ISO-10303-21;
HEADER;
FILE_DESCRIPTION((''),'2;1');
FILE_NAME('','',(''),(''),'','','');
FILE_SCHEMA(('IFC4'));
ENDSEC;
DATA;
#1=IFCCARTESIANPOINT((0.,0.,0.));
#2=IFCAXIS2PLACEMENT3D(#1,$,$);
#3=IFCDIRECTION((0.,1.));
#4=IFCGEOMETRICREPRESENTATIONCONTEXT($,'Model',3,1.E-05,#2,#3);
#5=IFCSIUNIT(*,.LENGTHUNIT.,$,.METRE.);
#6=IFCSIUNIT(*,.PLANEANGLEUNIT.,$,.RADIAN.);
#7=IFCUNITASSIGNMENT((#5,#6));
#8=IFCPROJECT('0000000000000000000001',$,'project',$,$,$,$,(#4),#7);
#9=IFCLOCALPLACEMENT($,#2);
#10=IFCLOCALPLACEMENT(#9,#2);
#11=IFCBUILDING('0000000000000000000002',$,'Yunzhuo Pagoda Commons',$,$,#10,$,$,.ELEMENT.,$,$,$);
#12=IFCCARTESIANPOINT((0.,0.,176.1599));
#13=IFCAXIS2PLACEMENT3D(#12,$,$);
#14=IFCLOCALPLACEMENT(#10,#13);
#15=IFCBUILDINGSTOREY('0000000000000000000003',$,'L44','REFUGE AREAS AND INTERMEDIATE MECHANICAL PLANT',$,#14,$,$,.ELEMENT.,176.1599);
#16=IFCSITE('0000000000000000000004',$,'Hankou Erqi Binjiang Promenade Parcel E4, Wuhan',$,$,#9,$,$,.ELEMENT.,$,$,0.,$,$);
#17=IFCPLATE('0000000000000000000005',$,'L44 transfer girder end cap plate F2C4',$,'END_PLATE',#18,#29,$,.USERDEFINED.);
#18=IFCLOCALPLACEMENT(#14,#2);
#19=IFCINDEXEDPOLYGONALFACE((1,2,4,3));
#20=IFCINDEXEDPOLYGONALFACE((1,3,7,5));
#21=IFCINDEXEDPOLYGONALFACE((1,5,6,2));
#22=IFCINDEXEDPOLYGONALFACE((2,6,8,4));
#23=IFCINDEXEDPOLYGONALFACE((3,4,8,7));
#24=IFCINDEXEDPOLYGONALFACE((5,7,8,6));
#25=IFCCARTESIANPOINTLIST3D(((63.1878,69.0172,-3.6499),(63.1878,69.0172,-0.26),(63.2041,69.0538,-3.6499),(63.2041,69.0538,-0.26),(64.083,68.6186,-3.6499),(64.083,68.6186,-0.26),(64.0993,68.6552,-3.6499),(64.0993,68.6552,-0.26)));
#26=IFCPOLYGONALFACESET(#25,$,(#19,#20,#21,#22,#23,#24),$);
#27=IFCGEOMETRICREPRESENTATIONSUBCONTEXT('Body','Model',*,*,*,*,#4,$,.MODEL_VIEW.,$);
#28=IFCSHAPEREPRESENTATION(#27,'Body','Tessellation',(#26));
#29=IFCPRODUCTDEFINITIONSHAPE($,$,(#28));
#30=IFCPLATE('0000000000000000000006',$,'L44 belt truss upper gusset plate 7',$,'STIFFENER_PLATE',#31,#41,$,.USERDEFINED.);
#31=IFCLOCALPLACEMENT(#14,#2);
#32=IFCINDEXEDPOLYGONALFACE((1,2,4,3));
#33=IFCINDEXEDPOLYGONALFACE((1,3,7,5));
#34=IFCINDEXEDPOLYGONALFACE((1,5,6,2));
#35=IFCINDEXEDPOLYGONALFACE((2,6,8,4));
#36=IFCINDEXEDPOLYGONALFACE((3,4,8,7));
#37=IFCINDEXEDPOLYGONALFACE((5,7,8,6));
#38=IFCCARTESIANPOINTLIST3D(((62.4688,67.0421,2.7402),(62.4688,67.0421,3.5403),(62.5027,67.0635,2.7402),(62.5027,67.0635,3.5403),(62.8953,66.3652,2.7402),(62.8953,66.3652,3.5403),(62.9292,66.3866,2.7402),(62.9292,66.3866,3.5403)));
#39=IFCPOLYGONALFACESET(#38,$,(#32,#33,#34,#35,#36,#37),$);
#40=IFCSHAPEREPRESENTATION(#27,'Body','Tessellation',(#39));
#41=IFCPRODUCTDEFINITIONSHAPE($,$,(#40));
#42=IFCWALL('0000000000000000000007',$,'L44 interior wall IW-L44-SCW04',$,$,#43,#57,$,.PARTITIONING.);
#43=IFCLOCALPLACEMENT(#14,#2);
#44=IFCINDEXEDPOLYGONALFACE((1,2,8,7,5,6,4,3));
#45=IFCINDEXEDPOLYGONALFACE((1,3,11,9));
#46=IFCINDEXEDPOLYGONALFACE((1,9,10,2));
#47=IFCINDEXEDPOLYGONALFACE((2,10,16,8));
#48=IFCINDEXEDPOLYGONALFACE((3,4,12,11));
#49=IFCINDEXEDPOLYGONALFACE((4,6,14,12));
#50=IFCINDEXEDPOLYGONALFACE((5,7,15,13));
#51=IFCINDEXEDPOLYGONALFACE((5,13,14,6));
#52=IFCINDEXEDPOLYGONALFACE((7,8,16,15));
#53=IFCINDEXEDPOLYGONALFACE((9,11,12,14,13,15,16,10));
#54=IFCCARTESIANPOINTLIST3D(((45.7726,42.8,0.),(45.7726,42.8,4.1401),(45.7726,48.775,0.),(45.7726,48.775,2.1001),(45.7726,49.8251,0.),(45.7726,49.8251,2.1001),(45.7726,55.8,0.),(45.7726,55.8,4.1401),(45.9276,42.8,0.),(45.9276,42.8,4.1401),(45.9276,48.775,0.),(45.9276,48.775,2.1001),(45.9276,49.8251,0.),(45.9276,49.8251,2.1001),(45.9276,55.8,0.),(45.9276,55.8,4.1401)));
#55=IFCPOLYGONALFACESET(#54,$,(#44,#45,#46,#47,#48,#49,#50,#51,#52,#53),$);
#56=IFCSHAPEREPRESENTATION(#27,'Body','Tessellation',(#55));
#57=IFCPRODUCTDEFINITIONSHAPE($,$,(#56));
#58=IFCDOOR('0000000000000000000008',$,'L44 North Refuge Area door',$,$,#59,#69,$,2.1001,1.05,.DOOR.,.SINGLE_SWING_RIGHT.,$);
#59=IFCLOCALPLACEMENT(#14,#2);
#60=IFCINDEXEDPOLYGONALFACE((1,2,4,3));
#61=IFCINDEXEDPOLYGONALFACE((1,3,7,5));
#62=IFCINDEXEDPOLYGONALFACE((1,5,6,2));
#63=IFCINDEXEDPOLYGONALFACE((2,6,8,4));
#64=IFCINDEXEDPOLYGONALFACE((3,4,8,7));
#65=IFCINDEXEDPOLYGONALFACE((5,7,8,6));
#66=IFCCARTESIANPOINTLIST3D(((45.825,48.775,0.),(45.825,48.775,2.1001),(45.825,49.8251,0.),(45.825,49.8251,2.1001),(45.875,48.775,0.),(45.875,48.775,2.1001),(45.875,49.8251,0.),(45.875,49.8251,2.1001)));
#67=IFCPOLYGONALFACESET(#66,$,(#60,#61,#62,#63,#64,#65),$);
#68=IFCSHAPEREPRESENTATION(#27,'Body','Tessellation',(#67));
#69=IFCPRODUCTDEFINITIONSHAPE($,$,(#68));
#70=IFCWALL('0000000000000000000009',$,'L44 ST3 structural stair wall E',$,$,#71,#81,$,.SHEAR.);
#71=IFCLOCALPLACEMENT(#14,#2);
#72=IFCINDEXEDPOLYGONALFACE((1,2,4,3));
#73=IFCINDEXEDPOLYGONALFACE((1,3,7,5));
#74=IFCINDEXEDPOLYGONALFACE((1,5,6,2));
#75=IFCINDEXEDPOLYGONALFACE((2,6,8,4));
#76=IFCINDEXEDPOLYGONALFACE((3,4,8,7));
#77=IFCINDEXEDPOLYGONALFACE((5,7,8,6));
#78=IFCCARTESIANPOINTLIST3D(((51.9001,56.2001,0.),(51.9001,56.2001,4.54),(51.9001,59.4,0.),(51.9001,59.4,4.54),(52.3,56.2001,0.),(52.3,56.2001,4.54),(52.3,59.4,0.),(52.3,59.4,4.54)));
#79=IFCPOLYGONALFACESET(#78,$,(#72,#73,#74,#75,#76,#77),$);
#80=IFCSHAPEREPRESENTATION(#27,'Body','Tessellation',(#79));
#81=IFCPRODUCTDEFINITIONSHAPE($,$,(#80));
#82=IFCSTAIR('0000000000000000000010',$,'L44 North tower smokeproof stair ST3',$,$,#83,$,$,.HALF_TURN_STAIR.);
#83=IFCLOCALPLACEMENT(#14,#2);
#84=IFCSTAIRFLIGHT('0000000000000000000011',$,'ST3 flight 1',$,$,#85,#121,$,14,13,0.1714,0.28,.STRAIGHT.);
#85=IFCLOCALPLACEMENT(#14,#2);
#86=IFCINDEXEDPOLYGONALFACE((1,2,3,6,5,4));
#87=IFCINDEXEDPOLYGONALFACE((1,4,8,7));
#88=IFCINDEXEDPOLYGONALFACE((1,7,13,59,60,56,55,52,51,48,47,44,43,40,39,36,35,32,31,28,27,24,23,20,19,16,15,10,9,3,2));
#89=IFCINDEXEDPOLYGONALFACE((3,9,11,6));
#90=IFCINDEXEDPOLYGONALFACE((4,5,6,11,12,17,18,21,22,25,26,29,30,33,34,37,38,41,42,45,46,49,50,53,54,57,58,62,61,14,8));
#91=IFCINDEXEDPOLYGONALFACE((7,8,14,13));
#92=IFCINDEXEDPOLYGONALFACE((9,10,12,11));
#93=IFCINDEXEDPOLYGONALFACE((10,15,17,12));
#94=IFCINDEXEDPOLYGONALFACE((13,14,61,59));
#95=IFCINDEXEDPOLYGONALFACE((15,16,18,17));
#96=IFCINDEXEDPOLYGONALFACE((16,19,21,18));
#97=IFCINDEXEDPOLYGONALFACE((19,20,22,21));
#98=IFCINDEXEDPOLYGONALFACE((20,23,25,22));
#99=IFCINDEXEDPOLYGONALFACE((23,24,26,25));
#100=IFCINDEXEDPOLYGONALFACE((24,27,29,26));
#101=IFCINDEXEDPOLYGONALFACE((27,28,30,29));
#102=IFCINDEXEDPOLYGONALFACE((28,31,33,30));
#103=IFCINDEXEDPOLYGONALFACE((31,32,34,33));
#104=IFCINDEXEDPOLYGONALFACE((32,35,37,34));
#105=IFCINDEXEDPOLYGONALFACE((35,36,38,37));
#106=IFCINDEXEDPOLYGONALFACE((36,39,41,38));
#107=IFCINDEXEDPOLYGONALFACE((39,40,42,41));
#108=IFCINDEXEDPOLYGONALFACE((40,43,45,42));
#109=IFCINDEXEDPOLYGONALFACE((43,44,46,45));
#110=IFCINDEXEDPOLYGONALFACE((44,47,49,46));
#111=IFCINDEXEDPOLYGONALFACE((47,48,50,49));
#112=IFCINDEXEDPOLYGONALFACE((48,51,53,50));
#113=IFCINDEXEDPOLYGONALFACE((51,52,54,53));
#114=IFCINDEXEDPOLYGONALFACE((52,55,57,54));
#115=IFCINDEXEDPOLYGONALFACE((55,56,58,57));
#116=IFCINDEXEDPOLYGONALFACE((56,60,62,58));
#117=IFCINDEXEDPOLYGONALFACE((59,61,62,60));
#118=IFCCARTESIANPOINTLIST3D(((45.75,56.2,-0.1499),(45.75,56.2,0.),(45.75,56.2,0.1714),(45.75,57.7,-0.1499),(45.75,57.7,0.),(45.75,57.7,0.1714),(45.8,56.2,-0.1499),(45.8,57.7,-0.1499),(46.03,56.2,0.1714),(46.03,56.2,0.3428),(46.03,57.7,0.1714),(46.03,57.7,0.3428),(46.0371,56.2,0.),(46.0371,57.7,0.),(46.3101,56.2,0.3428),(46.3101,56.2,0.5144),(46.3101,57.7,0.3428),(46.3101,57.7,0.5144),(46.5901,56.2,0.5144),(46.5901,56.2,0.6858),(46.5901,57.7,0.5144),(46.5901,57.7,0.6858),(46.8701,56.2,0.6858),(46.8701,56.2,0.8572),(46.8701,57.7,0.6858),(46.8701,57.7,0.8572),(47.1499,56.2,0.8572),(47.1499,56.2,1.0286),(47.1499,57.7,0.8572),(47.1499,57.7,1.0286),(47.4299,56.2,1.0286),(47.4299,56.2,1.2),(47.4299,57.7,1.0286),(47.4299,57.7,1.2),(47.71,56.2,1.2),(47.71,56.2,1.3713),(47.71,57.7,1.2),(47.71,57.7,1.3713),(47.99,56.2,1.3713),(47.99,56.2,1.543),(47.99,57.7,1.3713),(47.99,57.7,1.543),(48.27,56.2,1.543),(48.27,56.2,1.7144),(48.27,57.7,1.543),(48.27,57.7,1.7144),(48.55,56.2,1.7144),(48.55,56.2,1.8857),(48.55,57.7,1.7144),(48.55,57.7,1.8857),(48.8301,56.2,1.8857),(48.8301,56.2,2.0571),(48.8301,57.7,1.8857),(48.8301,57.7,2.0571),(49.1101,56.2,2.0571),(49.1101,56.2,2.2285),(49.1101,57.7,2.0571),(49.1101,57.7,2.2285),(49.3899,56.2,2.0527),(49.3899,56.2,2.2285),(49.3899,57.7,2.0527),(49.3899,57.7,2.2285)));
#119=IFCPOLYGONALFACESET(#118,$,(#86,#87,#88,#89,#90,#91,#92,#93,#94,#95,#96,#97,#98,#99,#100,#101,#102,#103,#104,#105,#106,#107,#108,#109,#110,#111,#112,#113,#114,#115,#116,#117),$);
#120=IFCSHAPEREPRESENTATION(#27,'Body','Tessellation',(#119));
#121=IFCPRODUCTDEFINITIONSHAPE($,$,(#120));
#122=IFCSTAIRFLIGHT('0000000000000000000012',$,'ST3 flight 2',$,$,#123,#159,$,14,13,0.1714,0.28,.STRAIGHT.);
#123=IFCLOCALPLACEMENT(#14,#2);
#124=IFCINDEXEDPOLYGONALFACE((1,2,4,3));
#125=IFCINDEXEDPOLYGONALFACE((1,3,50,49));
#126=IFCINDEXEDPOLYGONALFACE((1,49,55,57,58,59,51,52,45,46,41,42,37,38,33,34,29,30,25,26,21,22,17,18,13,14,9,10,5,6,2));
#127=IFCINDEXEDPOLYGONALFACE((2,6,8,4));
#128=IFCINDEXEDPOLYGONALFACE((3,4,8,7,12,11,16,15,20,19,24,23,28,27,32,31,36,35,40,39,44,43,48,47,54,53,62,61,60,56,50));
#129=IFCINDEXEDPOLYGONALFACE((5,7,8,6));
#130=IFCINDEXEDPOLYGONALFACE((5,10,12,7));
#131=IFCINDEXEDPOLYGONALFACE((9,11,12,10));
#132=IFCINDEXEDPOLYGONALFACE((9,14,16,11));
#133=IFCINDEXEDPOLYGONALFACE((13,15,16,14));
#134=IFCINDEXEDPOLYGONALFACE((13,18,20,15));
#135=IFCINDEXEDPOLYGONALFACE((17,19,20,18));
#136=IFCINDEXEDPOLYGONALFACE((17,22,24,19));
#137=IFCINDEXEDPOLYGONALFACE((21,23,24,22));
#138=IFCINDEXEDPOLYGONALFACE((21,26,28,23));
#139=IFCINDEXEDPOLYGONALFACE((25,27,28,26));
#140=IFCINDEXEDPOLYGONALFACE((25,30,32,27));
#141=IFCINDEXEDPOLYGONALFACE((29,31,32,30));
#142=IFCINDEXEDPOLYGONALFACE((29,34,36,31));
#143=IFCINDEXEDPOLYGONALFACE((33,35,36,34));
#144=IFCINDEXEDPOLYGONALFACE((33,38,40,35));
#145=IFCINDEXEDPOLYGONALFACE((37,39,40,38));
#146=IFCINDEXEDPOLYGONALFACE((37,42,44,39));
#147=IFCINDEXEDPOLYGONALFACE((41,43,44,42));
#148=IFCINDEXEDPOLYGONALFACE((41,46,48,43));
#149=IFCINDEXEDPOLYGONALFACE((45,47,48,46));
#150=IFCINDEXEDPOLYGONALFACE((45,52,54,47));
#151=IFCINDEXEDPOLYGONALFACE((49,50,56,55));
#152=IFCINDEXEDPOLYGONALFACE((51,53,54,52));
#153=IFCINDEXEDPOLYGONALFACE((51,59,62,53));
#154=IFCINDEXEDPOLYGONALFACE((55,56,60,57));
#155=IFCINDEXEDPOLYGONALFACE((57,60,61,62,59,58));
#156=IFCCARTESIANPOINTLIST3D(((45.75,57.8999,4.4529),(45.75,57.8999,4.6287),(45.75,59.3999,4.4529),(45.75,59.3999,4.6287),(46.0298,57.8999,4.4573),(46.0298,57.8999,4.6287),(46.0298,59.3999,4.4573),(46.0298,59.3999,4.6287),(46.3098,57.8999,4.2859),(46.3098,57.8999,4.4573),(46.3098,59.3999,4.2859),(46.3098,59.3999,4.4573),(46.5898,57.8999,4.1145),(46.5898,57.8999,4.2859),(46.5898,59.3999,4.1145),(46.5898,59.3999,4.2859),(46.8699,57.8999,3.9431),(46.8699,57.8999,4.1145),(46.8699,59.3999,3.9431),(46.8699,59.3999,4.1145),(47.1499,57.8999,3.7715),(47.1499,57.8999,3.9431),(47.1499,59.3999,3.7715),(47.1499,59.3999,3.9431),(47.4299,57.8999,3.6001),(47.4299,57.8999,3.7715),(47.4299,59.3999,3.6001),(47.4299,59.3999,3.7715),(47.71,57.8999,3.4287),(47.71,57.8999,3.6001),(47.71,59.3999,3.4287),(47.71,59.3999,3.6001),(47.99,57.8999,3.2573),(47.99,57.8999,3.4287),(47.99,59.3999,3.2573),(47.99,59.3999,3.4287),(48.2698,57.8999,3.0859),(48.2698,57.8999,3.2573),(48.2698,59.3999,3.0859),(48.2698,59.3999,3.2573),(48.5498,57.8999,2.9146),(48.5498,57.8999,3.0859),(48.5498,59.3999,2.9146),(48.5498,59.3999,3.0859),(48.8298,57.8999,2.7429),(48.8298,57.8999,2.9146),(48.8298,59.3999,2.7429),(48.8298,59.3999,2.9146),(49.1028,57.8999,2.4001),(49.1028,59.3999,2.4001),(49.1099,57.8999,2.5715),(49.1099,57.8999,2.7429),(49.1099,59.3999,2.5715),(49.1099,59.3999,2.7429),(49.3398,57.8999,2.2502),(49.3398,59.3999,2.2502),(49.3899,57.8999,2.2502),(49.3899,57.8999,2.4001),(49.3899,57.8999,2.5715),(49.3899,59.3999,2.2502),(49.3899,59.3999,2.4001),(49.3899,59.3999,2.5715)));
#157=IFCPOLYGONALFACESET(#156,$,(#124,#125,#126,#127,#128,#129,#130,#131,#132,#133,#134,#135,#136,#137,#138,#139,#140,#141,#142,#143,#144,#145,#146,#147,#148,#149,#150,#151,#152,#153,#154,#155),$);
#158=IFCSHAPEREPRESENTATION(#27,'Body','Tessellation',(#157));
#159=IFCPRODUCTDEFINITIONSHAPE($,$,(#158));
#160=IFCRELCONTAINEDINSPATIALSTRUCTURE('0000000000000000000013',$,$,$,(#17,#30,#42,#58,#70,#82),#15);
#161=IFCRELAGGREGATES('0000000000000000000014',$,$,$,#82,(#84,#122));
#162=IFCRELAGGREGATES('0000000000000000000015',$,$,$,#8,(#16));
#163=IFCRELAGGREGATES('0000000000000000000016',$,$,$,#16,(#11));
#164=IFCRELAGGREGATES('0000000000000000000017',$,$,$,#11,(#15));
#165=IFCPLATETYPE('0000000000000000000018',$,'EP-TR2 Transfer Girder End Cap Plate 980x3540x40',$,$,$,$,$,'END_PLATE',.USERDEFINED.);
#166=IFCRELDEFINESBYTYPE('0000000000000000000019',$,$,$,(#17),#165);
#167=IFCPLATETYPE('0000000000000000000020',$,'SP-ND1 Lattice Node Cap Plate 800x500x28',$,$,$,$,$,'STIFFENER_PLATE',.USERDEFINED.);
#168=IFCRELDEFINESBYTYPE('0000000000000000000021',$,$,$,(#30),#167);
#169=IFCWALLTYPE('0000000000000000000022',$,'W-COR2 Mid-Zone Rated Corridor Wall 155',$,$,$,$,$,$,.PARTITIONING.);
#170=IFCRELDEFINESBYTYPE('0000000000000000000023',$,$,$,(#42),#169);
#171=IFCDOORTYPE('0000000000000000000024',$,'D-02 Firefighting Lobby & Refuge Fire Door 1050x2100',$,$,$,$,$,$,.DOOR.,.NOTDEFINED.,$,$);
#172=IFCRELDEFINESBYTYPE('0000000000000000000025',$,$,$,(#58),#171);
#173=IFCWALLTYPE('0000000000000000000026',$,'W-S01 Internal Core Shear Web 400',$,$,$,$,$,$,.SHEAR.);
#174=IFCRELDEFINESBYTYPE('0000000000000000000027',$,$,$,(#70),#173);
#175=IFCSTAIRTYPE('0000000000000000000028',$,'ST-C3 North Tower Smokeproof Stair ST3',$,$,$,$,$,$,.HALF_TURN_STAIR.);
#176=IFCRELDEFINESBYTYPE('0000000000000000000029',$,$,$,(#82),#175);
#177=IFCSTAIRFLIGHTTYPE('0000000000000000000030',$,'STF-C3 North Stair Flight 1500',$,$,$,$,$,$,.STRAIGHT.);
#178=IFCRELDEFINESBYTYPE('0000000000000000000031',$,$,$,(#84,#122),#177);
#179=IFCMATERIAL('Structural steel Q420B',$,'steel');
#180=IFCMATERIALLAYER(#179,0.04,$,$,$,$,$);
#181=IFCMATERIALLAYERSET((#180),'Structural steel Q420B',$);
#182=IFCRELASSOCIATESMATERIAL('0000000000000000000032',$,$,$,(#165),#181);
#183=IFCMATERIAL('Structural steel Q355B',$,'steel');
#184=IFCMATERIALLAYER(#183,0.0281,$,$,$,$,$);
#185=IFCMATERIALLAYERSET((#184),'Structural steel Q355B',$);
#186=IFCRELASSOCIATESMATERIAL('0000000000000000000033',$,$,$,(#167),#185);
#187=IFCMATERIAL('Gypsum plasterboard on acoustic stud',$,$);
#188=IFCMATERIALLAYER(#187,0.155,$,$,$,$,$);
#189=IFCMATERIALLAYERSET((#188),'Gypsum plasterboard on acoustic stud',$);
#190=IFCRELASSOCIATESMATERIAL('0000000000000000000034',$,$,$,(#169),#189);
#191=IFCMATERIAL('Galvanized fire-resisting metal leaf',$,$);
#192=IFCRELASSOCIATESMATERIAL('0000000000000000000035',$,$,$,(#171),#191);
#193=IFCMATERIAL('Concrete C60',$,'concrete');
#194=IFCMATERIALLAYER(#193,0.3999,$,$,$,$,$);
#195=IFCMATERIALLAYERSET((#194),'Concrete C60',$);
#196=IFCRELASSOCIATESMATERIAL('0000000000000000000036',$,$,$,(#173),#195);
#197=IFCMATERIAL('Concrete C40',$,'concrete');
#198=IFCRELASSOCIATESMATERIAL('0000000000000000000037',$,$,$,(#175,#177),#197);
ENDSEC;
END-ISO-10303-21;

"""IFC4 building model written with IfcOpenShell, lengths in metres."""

from ifc_helpers import new_model, si_unit, direction, frame, frame_2d, origin, origin_with_axes, origin_2d, place, context, subcontext, project, spatial, polyline, rectangle, outline, extrude, source, transform, mapped, material, layer, layer_set, type_object, element, fill, aggregate, save


model = new_model("IFC4")

# Units and contexts
model_context = context("Model", 3, precision=1e-05, world=origin(), true_north=direction((0.0, 1.0)))
body_context = subcontext(model_context, "Body", "Model", "MODEL_VIEW")
ifc_project = project(units=[si_unit("LENGTHUNIT", "METRE"), si_unit("PLANEANGLEUNIT", "RADIAN")], contexts=[model_context])

# Site, building, storey
site_placement = place(None, origin())
site = spatial("IfcSite", under=ifc_project, at=site_placement, Name="Hankou Erqi Binjiang Promenade Parcel E4, Wuhan", CompositionType="ELEMENT", RefElevation=0.0)
building_placement = place(site_placement, origin())
building = spatial("IfcBuilding", under=site, at=building_placement, Name="Yunzhuo Pagoda Commons", CompositionType="ELEMENT")
storey_placement = place(building_placement, frame((0.0, 0.0, 176.1599)))
storey = spatial("IfcBuildingStorey", under=building, at=storey_placement, Name="L44", Description="REFUGE AREAS AND INTERMEDIATE MECHANICAL PLANT", CompositionType="ELEMENT", Elevation=176.1599)

# Shared definitions
ifc_material_1 = material(Name="Structural steel Q420B", Category="steel")

# Shared definitions
ifc_material_2 = material(Name="Structural steel Q355B", Category="steel")

# Plates
ifc_layer_1 = layer(ifc_material_1, 0.04)
ifc_layer_set_1 = layer_set([ifc_layer_1], Name="Structural steel Q420B")
plate_type_1 = type_object("IfcPlateType", Name="EP-TR2 Transfer Girder End Cap Plate 980x3540x40", ElementType="END_PLATE", PredefinedType="USERDEFINED", material=ifc_layer_set_1)
shared_shape_1 = source(origin(), body_context, "Body", "SweptSolid", [
    extrude(rectangle(XDim=0.98, YDim=0.04, at=origin_2d()), origin(), (0.0, 0.0, 1.0), 3.3899),
])
plate_1_placement = place(storey_placement, frame((63.6436, 68.8362, -3.6499), z_axis=(0.0, 0.0, 1.0), x_axis=(-0.913545, 0.406737, 0.0)))
element("IfcPlate", 1, at=plate_1_placement, inside=storey, type_object=plate_type_1, Name="L44 transfer girder end cap plate F2C4", ObjectType="END_PLATE", PredefinedType="USERDEFINED", context=body_context, shape_type="MappedRepresentation", body=[
    mapped(shared_shape_1, transform((0.0, 0.0, 0.0), scale=1.0)),
])
ifc_layer_2 = layer(ifc_material_2, 0.0281)
ifc_layer_set_2 = layer_set([ifc_layer_2], Name="Structural steel Q355B")
plate_type_2 = type_object("IfcPlateType", Name="SP-ND1 Lattice Node Cap Plate 800x500x28", ElementType="STIFFENER_PLATE", PredefinedType="USERDEFINED", material=ifc_layer_set_2)
shared_shape_2 = source(origin(), body_context, "Body", "SweptSolid", [
    extrude(rectangle(XDim=0.8, YDim=0.04, at=origin_2d()), origin(), (0.0, 0.0, 1.0), 0.8),
])
plate_2_placement = place(storey_placement, frame((62.699, 66.7144, 2.7402), z_axis=(0.0, 0.0, 1.0), x_axis=(-0.533098, 0.846054, 0.0)))
element("IfcPlate", 2, at=plate_2_placement, inside=storey, type_object=plate_type_2, Name="L44 belt truss upper gusset plate 7", ObjectType="STIFFENER_PLATE", PredefinedType="USERDEFINED", context=body_context, shape_type="MappedRepresentation", body=[
    mapped(shared_shape_2, transform((0.0, 0.0, 0.0), scale=1.0)),
])

# Wall, opening, door
ifc_material_3 = material(Name="Gypsum plasterboard on acoustic stud")
ifc_layer_3 = layer(ifc_material_3, 0.155)
ifc_layer_set_3 = layer_set([ifc_layer_3], Name="Gypsum plasterboard on acoustic stud")
wall_type_1 = type_object("IfcWallType", Name="W-COR2 Mid-Zone Rated Corridor Wall 155", PredefinedType="PARTITIONING", material=ifc_layer_set_3)
wall_1_placement = place(storey_placement, frame((45.8501, 55.8, 0.0), z_axis=(0.0, 0.0, 1.0), x_axis=(0.0, -1.0, 0.0)))
wall_1 = element("IfcWall", 3, at=wall_1_placement, inside=storey, type_object=wall_type_1, Name="L44 interior wall IW-L44-SCW04", PredefinedType="PARTITIONING", context=body_context, shape_type="SweptSolid", body=[
    extrude(rectangle(XDim=13.0, YDim=0.155, at=frame_2d((6.5, 0.0))), origin(), (0.0, 0.0, 1.0), 4.1401),
])
opening_placement = place(wall_1_placement, frame((5.9751, 0.0, 0.0)))
opening = element("IfcOpeningElement", 4, at=opening_placement, cuts=wall_1, PredefinedType="OPENING", context=body_context, shape_type="SweptSolid", body=[
    extrude(rectangle(XDim=1.05, YDim=2.1001, at=frame_2d((0.5249, 1.05))), frame((0.0, 0.0874, 0.0), z_axis=(0.0, -1.0, 0.0), x_axis=(1.0, 0.0, 0.0)), (0.0, 0.0, 1.0), 0.175),
])
ifc_material_4 = material(Name="Galvanized fire-resisting metal leaf")
door_type = type_object("IfcDoorType", Name="D-02 Firefighting Lobby & Refuge Fire Door 1050x2100", OperationType="NOTDEFINED", PredefinedType="DOOR", material=ifc_material_4)
shared_shape_3 = source(origin(), body_context, "Body", "SweptSolid", [
    extrude(rectangle(XDim=1.05, YDim=2.1001, at=frame_2d((0.5249, 1.05))), frame((0.0, 0.0249, 0.0), z_axis=(0.0, -1.0, 0.0), x_axis=(1.0, 0.0, 0.0)), (0.0, 0.0, 1.0), 0.05),
])
door_placement = place(opening_placement, origin_with_axes())
door = element("IfcDoor", 5, at=door_placement, inside=storey, type_object=door_type, Name="L44 North Refuge Area door", OperationType="SINGLE_SWING_RIGHT", OverallHeight=2.1001, OverallWidth=1.05, PredefinedType="DOOR", context=body_context, shape_type="MappedRepresentation", body=[
    mapped(shared_shape_3, transform((0.0, 0.0, 0.0), scale=1.0)),
])
fill(opening, door)

# Wall
ifc_material_5 = material(Name="Concrete C60", Category="concrete")
ifc_layer_4 = layer(ifc_material_5, 0.3999)
ifc_layer_set_4 = layer_set([ifc_layer_4], Name="Concrete C60")
wall_type_2 = type_object("IfcWallType", Name="W-S01 Internal Core Shear Web 400", PredefinedType="SHEAR", material=ifc_layer_set_4)
wall_2_placement = place(storey_placement, frame((52.1001, 56.2, 0.0), z_axis=(0.0, 0.0, 1.0), x_axis=(0.0, 1.0, 0.0)))
element("IfcWall", 6, at=wall_2_placement, inside=storey, type_object=wall_type_2, Name="L44 ST3 structural stair wall E", PredefinedType="SHEAR", context=body_context, shape_type="SweptSolid", body=[
    extrude(rectangle(XDim=3.2, YDim=0.3999, at=frame_2d((1.6001, 0.0))), origin(), (0.0, 0.0, 1.0), 4.54),
])

# Stair, stair flights
ifc_material_6 = material(Name="Concrete C40", Category="concrete")
stair_type = type_object("IfcStairType", Name="ST-C3 North Tower Smokeproof Stair ST3", PredefinedType="HALF_TURN_STAIR", material=ifc_material_6)
stair_placement = place(storey_placement, origin())
stair = element("IfcStair", 7, at=stair_placement, inside=storey, type_object=stair_type, Name="L44 North tower smokeproof stair ST3", PredefinedType="HALF_TURN_STAIR")
stair_flight_type = type_object("IfcStairFlightType", Name="STF-C3 North Stair Flight 1500", PredefinedType="STRAIGHT", material=ifc_material_6)
shared_shape_4 = source(origin(), body_context, "Body", "SweptSolid", [
    extrude(outline(polyline([(0.0, -0.1499), (0.0, 0.0), (0.0, 0.1714), (0.28, 0.1714), (0.28, 0.3428), (0.5601, 0.3428), (0.5601, 0.5144), (0.8401, 0.5144), (0.8401, 0.6858), (1.1201, 0.6858), (1.1201, 0.8572), (1.3999, 0.8572), (1.3999, 1.0286), (1.6799, 1.0286), (1.6799, 1.2), (1.96, 1.2), (1.96, 1.3713), (2.24, 1.3713), (2.24, 1.543), (2.52, 1.543), (2.52, 1.7144), (2.8, 1.7144), (2.8, 1.8857), (3.0801, 1.8857), (3.0801, 2.0571), (3.3601, 2.0571), (3.3601, 2.2285), (3.6399, 2.2285), (3.6399, 2.3999), (3.6399, 2.0527), (0.2871, 0.0), (0.05, -0.1499), (0.0, -0.1499)])), frame((0.0, 0.75, 0.0), z_axis=(0.0, -1.0, 0.0), x_axis=(1.0, 0.0, 0.0)), (0.0, 0.0, 1.0), 1.5),
])
stair_flight_1_placement = place(storey_placement, frame((45.75, 56.95, 0.0), z_axis=(0.0, 0.0, 1.0), x_axis=(1.0, 0.0, 0.0)))
stair_flight_1 = element("IfcStairFlight", 8, at=stair_flight_1_placement, type_object=stair_flight_type, Name="ST3 flight 1", NumberOfRisers=14, NumberOfTreads=13, PredefinedType="STRAIGHT", RiserHeight=0.1714, TreadLength=0.28, context=body_context, shape_type="MappedRepresentation", body=[
    mapped(shared_shape_4, transform((0.0, 0.0, 0.0), scale=1.0)),
])
stair_flight_2_placement = place(storey_placement, frame((49.3899, 58.6499, 2.4001), z_axis=(0.0, 0.0, 1.0), x_axis=(-1.0, 0.0, 0.0)))
stair_flight_2 = element("IfcStairFlight", 9, at=stair_flight_2_placement, type_object=stair_flight_type, Name="ST3 flight 2", NumberOfRisers=14, NumberOfTreads=13, PredefinedType="STRAIGHT", RiserHeight=0.1714, TreadLength=0.28, context=body_context, shape_type="MappedRepresentation", body=[
    mapped(shared_shape_4, transform((0.0, 0.0, 0.0), scale=1.0)),
])
aggregate(stair, [stair_flight_1, stair_flight_2])

save(model, "model.ifc")
